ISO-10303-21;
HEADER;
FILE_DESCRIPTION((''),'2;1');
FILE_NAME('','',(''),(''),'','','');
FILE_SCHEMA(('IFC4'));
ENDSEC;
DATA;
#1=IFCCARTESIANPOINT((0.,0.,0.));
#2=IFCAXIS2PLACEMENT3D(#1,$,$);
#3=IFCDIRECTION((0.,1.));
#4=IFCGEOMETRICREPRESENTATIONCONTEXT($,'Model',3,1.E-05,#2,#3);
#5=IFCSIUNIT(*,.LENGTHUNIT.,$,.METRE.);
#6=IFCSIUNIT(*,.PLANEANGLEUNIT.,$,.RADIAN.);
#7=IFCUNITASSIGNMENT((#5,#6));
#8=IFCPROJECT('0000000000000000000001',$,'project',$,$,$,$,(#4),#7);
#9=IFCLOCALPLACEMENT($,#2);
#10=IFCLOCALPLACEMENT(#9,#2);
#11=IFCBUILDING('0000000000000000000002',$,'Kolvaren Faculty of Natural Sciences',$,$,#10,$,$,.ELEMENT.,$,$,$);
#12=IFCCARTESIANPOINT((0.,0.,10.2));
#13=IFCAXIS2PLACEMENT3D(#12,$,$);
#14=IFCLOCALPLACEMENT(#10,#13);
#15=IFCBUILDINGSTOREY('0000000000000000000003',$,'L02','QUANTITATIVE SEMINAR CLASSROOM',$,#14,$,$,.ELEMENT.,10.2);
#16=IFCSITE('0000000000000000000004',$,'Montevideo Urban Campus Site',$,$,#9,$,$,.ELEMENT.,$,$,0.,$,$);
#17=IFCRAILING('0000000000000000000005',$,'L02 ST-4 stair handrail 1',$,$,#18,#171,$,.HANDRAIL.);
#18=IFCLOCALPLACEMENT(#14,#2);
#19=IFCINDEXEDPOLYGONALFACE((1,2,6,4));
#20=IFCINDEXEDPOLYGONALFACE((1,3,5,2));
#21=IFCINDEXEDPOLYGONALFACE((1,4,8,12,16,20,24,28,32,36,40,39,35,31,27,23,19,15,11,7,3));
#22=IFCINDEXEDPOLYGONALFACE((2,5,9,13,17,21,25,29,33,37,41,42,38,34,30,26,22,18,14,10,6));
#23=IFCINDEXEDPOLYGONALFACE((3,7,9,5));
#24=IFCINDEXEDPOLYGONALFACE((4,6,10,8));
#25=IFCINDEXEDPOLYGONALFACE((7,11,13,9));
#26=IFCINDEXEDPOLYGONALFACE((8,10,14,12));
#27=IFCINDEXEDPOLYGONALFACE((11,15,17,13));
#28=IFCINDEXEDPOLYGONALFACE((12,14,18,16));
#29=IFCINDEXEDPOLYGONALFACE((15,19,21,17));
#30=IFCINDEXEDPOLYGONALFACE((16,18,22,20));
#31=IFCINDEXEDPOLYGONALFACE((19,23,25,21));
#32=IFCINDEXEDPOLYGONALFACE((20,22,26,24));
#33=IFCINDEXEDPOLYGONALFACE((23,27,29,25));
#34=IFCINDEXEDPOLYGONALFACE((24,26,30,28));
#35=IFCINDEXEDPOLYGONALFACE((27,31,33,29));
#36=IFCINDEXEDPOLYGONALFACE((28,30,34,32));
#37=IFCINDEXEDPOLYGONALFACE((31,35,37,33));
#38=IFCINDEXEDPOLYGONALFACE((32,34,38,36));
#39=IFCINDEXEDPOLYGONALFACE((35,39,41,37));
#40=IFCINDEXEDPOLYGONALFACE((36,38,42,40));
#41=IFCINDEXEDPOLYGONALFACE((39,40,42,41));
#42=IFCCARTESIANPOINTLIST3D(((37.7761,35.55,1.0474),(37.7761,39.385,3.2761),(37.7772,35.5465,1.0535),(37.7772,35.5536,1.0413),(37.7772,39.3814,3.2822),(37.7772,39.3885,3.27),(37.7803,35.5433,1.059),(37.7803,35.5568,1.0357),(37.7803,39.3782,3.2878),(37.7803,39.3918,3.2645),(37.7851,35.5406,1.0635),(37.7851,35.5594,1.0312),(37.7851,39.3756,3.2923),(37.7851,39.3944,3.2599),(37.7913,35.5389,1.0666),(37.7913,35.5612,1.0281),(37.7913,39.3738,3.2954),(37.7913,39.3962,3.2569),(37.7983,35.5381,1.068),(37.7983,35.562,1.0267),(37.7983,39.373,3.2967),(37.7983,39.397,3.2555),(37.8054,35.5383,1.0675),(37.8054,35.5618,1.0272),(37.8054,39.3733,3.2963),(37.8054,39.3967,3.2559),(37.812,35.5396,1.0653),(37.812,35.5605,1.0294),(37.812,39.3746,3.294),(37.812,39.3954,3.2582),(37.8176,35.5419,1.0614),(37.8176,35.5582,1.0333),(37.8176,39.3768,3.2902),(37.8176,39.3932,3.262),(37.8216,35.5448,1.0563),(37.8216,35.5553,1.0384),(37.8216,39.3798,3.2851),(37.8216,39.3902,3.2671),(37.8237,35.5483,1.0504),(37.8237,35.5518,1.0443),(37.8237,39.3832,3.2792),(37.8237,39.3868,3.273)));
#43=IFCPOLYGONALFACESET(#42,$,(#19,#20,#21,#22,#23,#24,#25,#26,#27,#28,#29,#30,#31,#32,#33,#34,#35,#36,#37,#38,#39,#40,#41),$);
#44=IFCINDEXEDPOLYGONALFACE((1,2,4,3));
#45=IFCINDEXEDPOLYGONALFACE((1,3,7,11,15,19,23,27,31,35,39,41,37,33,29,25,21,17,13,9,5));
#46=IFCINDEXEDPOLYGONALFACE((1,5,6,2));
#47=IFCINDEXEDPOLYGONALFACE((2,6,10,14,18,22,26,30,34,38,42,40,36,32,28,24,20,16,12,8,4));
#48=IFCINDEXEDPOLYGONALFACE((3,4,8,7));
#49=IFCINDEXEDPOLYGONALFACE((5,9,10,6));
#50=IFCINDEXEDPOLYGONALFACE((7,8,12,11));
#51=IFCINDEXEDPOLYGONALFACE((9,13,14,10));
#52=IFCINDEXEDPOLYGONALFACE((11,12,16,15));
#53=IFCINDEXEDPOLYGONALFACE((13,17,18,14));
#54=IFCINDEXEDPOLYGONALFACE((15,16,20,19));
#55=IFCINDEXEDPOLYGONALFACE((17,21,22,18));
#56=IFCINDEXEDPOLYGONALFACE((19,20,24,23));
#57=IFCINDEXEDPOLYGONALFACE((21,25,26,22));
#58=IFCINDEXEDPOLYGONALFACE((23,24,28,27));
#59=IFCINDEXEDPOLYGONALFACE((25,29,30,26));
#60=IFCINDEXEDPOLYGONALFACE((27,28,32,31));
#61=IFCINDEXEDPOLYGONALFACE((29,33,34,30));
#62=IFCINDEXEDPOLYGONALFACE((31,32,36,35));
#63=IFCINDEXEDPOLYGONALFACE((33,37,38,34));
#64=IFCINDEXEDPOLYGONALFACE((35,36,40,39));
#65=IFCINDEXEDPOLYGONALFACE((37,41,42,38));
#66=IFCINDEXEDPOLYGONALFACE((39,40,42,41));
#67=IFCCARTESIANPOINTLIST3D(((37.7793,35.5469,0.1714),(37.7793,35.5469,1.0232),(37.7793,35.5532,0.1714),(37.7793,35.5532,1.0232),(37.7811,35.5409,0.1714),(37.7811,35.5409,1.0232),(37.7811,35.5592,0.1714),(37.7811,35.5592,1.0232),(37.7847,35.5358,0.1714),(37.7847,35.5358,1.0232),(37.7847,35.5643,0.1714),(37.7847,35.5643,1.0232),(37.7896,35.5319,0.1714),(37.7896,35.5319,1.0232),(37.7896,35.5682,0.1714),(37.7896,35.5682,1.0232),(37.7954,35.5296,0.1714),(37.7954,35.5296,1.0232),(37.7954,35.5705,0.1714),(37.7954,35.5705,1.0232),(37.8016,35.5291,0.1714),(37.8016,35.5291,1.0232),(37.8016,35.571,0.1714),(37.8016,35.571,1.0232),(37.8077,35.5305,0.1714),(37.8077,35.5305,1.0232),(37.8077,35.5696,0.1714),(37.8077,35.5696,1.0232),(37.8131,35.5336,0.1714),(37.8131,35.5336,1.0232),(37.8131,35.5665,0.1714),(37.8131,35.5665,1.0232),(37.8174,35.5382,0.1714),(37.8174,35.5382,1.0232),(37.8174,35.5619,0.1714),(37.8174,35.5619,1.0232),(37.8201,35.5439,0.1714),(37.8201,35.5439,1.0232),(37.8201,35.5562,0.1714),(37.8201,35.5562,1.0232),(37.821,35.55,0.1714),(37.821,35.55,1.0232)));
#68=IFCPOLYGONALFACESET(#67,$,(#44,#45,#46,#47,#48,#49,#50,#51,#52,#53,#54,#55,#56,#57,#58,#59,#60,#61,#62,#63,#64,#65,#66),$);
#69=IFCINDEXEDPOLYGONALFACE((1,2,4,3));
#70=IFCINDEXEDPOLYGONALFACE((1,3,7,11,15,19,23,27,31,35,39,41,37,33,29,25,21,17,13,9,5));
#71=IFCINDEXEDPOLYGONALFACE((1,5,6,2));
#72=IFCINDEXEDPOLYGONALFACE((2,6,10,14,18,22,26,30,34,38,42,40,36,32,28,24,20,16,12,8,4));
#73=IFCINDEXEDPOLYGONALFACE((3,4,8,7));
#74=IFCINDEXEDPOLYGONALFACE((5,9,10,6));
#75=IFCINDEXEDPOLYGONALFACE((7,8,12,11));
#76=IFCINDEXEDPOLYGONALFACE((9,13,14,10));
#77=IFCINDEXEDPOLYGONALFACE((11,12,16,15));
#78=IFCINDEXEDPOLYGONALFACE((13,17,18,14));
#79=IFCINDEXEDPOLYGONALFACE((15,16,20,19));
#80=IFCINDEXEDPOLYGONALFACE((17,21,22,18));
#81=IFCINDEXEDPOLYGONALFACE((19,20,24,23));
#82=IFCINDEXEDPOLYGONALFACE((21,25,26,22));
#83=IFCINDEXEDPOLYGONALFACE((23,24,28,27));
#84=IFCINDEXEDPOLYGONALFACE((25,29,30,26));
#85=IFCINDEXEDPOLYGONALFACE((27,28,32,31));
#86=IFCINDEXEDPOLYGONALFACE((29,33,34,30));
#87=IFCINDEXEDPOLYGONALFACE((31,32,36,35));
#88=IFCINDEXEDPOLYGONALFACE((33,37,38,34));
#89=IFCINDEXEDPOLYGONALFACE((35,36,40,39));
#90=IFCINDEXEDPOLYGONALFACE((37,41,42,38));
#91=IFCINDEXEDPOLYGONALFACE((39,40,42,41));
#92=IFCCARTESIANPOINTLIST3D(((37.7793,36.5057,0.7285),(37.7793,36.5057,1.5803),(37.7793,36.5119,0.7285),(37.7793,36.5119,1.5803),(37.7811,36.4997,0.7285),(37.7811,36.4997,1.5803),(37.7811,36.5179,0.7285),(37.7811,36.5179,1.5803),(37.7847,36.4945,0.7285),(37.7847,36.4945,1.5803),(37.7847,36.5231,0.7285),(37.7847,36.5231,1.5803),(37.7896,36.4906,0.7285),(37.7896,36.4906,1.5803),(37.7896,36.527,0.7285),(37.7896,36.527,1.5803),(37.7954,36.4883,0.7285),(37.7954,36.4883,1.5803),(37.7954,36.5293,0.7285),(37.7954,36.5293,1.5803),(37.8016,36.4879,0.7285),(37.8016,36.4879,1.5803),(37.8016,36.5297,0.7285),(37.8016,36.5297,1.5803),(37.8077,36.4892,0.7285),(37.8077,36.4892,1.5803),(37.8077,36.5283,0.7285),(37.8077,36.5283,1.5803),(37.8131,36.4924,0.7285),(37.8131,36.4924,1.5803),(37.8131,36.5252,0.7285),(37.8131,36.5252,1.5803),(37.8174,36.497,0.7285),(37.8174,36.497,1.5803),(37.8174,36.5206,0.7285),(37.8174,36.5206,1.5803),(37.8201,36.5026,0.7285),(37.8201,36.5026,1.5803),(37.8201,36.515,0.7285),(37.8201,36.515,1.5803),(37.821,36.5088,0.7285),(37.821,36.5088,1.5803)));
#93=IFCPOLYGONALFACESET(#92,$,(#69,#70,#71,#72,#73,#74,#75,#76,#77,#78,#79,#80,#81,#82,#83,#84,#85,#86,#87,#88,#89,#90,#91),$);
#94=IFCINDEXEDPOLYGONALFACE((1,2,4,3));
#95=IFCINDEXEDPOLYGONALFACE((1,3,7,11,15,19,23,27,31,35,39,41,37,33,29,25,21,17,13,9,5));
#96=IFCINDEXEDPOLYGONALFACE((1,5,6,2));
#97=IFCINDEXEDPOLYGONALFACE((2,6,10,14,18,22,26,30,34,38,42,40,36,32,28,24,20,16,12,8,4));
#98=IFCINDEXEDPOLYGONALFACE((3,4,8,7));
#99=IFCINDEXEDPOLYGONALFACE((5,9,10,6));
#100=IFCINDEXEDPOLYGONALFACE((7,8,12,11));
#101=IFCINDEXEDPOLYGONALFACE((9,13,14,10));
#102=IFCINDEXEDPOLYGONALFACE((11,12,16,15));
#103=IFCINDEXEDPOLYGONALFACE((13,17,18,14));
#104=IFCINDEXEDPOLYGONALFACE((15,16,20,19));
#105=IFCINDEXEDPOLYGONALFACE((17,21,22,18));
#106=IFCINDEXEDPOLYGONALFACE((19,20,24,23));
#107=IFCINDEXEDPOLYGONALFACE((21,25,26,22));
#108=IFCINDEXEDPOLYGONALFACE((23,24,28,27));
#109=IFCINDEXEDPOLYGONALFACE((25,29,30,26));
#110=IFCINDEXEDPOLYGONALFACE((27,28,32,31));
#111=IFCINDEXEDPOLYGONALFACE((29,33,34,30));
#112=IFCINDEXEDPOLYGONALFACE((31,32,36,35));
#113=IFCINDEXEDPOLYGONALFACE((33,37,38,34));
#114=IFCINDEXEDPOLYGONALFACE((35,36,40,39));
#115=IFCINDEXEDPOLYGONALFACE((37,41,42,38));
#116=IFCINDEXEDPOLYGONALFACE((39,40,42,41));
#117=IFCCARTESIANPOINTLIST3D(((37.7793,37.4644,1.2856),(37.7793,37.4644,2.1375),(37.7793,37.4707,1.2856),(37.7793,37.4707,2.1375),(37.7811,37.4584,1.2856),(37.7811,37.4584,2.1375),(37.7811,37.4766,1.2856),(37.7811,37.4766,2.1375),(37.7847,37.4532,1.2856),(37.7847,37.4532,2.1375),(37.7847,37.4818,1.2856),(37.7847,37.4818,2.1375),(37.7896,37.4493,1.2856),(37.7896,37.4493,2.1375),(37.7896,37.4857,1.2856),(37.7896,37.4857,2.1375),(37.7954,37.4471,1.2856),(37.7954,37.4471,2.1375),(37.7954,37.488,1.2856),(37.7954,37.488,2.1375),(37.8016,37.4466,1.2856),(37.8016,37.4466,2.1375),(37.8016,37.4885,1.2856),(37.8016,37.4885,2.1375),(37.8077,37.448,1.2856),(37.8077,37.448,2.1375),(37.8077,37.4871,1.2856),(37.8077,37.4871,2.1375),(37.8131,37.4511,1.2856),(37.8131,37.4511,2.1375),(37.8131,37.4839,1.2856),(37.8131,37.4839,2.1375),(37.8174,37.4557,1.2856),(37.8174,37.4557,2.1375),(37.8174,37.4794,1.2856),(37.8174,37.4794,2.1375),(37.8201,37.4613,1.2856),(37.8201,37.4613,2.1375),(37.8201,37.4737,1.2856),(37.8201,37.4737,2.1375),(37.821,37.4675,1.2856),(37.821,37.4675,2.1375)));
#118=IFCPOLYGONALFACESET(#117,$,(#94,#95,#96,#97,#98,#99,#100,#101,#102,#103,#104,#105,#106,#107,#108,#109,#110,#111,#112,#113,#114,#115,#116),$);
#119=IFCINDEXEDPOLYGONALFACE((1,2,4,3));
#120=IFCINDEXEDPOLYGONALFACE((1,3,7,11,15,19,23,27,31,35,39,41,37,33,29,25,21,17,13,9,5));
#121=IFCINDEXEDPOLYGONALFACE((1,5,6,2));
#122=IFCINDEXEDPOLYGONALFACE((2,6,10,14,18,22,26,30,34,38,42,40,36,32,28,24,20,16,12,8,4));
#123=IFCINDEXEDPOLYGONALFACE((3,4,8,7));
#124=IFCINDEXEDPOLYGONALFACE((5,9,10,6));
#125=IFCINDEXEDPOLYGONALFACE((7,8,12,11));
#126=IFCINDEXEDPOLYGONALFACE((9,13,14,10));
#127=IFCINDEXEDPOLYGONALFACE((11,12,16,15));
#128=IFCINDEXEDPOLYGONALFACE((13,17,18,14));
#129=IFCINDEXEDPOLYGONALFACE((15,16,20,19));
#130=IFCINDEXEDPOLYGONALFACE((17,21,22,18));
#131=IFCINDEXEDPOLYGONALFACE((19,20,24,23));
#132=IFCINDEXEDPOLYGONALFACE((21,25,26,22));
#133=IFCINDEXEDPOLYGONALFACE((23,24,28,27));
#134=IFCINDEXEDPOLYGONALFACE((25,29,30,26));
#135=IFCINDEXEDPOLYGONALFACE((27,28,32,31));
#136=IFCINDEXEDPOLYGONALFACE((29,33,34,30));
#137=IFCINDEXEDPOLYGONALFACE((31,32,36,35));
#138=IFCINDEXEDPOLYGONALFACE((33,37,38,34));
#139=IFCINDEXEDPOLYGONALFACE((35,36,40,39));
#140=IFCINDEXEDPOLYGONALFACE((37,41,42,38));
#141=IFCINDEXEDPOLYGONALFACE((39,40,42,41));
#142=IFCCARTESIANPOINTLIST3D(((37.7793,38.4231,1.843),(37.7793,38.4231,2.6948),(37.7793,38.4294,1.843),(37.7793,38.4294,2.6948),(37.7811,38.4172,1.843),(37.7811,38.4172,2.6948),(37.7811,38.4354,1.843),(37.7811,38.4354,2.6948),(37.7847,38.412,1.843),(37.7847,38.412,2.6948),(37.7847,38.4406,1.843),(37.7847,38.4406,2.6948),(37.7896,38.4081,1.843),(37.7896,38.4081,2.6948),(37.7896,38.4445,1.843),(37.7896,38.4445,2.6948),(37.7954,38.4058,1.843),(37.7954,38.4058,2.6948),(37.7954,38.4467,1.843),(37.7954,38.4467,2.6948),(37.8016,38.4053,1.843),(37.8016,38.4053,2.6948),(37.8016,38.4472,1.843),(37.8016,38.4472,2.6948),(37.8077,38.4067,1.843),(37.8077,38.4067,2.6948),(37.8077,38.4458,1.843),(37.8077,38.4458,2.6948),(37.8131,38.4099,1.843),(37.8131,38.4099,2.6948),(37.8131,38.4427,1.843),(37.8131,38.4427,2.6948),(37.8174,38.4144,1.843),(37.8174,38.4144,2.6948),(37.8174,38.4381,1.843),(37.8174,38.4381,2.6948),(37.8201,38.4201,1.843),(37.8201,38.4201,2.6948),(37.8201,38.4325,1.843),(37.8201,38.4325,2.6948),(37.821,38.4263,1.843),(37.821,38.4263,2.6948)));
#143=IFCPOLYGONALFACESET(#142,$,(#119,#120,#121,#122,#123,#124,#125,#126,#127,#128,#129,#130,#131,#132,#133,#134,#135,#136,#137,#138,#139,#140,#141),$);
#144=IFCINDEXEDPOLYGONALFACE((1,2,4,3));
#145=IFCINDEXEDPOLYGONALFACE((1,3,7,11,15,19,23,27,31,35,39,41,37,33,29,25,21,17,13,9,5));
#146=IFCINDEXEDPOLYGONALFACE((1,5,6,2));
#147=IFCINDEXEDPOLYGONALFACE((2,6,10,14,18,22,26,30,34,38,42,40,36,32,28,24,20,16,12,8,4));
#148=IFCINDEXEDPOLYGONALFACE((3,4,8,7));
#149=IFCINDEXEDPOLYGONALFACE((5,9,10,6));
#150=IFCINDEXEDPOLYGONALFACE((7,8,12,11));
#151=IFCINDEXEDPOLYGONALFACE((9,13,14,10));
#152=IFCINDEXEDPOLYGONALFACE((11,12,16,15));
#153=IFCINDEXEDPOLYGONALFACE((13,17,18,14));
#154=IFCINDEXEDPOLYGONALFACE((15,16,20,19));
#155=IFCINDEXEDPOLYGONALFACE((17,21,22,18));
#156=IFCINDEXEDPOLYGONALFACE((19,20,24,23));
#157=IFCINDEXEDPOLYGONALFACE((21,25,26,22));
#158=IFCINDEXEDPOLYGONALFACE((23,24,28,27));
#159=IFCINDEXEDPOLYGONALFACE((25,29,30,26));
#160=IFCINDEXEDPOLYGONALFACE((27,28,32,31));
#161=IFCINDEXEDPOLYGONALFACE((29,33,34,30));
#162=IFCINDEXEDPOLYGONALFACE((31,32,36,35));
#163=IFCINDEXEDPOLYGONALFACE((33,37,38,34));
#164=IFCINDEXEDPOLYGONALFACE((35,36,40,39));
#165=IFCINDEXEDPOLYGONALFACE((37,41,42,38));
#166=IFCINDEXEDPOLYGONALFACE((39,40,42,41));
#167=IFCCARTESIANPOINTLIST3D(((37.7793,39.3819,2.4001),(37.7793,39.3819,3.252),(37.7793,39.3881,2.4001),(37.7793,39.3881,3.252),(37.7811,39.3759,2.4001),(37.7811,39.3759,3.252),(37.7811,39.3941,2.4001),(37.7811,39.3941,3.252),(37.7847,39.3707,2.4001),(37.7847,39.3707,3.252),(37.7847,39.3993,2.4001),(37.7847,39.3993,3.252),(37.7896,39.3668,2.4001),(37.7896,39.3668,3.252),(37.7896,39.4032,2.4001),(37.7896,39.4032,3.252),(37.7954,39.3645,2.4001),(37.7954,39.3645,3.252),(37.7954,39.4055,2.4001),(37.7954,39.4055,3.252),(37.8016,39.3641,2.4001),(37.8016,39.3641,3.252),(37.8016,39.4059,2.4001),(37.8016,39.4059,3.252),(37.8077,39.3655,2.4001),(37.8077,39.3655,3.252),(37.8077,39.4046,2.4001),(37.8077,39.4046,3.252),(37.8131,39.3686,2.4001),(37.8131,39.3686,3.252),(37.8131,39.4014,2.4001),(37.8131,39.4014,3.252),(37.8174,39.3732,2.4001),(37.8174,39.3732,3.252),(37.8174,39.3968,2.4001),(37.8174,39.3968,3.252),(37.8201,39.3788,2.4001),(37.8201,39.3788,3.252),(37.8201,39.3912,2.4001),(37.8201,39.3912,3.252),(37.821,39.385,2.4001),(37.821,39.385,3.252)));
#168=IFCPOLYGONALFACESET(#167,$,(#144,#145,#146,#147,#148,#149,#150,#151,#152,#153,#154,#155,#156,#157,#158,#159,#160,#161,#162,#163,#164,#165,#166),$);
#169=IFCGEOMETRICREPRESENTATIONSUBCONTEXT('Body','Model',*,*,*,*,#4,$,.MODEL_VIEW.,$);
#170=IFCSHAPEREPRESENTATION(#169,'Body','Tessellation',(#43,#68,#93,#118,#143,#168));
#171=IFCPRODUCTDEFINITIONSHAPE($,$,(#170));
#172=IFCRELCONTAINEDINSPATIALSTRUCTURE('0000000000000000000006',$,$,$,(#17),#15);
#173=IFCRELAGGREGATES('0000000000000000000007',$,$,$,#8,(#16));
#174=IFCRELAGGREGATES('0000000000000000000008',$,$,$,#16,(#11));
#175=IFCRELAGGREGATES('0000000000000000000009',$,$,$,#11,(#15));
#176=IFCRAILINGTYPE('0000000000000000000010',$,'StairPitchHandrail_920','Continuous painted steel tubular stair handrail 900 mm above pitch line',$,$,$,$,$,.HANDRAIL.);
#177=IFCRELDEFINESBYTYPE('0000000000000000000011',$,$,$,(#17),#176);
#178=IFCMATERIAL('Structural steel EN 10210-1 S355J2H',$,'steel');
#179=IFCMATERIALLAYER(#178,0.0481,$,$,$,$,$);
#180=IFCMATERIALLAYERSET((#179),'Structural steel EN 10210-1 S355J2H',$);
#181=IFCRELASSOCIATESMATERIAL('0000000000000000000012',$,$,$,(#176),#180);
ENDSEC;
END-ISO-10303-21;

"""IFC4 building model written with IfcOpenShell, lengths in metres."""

from ifc_helpers import new_model, si_unit, direction, frame, origin, origin_2d, place, context, subcontext, project, spatial, circle, extrude, material, layer, layer_set, type_object, element, save


model = new_model("IFC4")

# Units and contexts
model_context = context("Model", 3, precision=1e-05, world=origin(), true_north=direction((0.0, 1.0)))
body_context = subcontext(model_context, "Body", "Model", "MODEL_VIEW")
ifc_project = project(units=[si_unit("LENGTHUNIT", "METRE"), si_unit("PLANEANGLEUNIT", "RADIAN")], contexts=[model_context])

# Site, building, storey
site_placement = place(None, origin())
site = spatial("IfcSite", under=ifc_project, at=site_placement, Name="Montevideo Urban Campus Site", CompositionType="ELEMENT", RefElevation=0.0)
building_placement = place(site_placement, origin())
building = spatial("IfcBuilding", under=site, at=building_placement, Name="Kolvaren Faculty of Natural Sciences", CompositionType="ELEMENT")
storey_placement = place(building_placement, frame((0.0, 0.0, 10.2)))
storey = spatial("IfcBuildingStorey", under=building, at=storey_placement, Name="L02", Description="QUANTITATIVE SEMINAR CLASSROOM", CompositionType="ELEMENT", Elevation=10.2)

# Railing
ifc_material_1 = material(Name="Structural steel EN 10210-1 S355J2H", Category="steel")
ifc_layer_1 = layer(ifc_material_1, 0.0481)
ifc_layer_set_1 = layer_set([ifc_layer_1], Name="Structural steel EN 10210-1 S355J2H")
railing_type_1 = type_object("IfcRailingType", Name="StairPitchHandrail_920", Description="Continuous painted steel tubular stair handrail 900 mm above pitch line", PredefinedType="HANDRAIL", material=ifc_layer_set_1)
railing_1_placement = place(storey_placement, frame((37.8, 35.55, 0.1714)))
element("IfcRailing", 1, at=railing_1_placement, inside=storey, type_object=railing_type_1, Name="L02 ST-4 stair handrail 1", PredefinedType="HANDRAIL", context=body_context, shape_type="SweptSolid", body=[
    extrude(circle(Radius=0.0239, at=origin_2d()), frame((0.0, 0.0, 0.876), z_axis=(0.0, 0.864592, 0.502474), x_axis=(-1.0, 0.0, 0.0)), (0.0, 0.0, 1.0), 4.4355),
    extrude(circle(Radius=0.021, at=origin_2d()), origin(), (0.0, 0.0, 1.0), 0.8518),
    extrude(circle(Radius=0.021, at=origin_2d()), frame((0.0, 0.9587, 0.5571)), (0.0, 0.0, 1.0), 0.8518),
    extrude(circle(Radius=0.021, at=origin_2d()), frame((0.0, 1.9175, 1.1143)), (0.0, 0.0, 1.0), 0.8518),
    extrude(circle(Radius=0.021, at=origin_2d()), frame((0.0, 2.8762, 1.6716)), (0.0, 0.0, 1.0), 0.8518),
    extrude(circle(Radius=0.021, at=origin_2d()), frame((0.0, 3.835, 2.2288)), (0.0, 0.0, 1.0), 0.8518),
])

save(model, "model.ifc")
